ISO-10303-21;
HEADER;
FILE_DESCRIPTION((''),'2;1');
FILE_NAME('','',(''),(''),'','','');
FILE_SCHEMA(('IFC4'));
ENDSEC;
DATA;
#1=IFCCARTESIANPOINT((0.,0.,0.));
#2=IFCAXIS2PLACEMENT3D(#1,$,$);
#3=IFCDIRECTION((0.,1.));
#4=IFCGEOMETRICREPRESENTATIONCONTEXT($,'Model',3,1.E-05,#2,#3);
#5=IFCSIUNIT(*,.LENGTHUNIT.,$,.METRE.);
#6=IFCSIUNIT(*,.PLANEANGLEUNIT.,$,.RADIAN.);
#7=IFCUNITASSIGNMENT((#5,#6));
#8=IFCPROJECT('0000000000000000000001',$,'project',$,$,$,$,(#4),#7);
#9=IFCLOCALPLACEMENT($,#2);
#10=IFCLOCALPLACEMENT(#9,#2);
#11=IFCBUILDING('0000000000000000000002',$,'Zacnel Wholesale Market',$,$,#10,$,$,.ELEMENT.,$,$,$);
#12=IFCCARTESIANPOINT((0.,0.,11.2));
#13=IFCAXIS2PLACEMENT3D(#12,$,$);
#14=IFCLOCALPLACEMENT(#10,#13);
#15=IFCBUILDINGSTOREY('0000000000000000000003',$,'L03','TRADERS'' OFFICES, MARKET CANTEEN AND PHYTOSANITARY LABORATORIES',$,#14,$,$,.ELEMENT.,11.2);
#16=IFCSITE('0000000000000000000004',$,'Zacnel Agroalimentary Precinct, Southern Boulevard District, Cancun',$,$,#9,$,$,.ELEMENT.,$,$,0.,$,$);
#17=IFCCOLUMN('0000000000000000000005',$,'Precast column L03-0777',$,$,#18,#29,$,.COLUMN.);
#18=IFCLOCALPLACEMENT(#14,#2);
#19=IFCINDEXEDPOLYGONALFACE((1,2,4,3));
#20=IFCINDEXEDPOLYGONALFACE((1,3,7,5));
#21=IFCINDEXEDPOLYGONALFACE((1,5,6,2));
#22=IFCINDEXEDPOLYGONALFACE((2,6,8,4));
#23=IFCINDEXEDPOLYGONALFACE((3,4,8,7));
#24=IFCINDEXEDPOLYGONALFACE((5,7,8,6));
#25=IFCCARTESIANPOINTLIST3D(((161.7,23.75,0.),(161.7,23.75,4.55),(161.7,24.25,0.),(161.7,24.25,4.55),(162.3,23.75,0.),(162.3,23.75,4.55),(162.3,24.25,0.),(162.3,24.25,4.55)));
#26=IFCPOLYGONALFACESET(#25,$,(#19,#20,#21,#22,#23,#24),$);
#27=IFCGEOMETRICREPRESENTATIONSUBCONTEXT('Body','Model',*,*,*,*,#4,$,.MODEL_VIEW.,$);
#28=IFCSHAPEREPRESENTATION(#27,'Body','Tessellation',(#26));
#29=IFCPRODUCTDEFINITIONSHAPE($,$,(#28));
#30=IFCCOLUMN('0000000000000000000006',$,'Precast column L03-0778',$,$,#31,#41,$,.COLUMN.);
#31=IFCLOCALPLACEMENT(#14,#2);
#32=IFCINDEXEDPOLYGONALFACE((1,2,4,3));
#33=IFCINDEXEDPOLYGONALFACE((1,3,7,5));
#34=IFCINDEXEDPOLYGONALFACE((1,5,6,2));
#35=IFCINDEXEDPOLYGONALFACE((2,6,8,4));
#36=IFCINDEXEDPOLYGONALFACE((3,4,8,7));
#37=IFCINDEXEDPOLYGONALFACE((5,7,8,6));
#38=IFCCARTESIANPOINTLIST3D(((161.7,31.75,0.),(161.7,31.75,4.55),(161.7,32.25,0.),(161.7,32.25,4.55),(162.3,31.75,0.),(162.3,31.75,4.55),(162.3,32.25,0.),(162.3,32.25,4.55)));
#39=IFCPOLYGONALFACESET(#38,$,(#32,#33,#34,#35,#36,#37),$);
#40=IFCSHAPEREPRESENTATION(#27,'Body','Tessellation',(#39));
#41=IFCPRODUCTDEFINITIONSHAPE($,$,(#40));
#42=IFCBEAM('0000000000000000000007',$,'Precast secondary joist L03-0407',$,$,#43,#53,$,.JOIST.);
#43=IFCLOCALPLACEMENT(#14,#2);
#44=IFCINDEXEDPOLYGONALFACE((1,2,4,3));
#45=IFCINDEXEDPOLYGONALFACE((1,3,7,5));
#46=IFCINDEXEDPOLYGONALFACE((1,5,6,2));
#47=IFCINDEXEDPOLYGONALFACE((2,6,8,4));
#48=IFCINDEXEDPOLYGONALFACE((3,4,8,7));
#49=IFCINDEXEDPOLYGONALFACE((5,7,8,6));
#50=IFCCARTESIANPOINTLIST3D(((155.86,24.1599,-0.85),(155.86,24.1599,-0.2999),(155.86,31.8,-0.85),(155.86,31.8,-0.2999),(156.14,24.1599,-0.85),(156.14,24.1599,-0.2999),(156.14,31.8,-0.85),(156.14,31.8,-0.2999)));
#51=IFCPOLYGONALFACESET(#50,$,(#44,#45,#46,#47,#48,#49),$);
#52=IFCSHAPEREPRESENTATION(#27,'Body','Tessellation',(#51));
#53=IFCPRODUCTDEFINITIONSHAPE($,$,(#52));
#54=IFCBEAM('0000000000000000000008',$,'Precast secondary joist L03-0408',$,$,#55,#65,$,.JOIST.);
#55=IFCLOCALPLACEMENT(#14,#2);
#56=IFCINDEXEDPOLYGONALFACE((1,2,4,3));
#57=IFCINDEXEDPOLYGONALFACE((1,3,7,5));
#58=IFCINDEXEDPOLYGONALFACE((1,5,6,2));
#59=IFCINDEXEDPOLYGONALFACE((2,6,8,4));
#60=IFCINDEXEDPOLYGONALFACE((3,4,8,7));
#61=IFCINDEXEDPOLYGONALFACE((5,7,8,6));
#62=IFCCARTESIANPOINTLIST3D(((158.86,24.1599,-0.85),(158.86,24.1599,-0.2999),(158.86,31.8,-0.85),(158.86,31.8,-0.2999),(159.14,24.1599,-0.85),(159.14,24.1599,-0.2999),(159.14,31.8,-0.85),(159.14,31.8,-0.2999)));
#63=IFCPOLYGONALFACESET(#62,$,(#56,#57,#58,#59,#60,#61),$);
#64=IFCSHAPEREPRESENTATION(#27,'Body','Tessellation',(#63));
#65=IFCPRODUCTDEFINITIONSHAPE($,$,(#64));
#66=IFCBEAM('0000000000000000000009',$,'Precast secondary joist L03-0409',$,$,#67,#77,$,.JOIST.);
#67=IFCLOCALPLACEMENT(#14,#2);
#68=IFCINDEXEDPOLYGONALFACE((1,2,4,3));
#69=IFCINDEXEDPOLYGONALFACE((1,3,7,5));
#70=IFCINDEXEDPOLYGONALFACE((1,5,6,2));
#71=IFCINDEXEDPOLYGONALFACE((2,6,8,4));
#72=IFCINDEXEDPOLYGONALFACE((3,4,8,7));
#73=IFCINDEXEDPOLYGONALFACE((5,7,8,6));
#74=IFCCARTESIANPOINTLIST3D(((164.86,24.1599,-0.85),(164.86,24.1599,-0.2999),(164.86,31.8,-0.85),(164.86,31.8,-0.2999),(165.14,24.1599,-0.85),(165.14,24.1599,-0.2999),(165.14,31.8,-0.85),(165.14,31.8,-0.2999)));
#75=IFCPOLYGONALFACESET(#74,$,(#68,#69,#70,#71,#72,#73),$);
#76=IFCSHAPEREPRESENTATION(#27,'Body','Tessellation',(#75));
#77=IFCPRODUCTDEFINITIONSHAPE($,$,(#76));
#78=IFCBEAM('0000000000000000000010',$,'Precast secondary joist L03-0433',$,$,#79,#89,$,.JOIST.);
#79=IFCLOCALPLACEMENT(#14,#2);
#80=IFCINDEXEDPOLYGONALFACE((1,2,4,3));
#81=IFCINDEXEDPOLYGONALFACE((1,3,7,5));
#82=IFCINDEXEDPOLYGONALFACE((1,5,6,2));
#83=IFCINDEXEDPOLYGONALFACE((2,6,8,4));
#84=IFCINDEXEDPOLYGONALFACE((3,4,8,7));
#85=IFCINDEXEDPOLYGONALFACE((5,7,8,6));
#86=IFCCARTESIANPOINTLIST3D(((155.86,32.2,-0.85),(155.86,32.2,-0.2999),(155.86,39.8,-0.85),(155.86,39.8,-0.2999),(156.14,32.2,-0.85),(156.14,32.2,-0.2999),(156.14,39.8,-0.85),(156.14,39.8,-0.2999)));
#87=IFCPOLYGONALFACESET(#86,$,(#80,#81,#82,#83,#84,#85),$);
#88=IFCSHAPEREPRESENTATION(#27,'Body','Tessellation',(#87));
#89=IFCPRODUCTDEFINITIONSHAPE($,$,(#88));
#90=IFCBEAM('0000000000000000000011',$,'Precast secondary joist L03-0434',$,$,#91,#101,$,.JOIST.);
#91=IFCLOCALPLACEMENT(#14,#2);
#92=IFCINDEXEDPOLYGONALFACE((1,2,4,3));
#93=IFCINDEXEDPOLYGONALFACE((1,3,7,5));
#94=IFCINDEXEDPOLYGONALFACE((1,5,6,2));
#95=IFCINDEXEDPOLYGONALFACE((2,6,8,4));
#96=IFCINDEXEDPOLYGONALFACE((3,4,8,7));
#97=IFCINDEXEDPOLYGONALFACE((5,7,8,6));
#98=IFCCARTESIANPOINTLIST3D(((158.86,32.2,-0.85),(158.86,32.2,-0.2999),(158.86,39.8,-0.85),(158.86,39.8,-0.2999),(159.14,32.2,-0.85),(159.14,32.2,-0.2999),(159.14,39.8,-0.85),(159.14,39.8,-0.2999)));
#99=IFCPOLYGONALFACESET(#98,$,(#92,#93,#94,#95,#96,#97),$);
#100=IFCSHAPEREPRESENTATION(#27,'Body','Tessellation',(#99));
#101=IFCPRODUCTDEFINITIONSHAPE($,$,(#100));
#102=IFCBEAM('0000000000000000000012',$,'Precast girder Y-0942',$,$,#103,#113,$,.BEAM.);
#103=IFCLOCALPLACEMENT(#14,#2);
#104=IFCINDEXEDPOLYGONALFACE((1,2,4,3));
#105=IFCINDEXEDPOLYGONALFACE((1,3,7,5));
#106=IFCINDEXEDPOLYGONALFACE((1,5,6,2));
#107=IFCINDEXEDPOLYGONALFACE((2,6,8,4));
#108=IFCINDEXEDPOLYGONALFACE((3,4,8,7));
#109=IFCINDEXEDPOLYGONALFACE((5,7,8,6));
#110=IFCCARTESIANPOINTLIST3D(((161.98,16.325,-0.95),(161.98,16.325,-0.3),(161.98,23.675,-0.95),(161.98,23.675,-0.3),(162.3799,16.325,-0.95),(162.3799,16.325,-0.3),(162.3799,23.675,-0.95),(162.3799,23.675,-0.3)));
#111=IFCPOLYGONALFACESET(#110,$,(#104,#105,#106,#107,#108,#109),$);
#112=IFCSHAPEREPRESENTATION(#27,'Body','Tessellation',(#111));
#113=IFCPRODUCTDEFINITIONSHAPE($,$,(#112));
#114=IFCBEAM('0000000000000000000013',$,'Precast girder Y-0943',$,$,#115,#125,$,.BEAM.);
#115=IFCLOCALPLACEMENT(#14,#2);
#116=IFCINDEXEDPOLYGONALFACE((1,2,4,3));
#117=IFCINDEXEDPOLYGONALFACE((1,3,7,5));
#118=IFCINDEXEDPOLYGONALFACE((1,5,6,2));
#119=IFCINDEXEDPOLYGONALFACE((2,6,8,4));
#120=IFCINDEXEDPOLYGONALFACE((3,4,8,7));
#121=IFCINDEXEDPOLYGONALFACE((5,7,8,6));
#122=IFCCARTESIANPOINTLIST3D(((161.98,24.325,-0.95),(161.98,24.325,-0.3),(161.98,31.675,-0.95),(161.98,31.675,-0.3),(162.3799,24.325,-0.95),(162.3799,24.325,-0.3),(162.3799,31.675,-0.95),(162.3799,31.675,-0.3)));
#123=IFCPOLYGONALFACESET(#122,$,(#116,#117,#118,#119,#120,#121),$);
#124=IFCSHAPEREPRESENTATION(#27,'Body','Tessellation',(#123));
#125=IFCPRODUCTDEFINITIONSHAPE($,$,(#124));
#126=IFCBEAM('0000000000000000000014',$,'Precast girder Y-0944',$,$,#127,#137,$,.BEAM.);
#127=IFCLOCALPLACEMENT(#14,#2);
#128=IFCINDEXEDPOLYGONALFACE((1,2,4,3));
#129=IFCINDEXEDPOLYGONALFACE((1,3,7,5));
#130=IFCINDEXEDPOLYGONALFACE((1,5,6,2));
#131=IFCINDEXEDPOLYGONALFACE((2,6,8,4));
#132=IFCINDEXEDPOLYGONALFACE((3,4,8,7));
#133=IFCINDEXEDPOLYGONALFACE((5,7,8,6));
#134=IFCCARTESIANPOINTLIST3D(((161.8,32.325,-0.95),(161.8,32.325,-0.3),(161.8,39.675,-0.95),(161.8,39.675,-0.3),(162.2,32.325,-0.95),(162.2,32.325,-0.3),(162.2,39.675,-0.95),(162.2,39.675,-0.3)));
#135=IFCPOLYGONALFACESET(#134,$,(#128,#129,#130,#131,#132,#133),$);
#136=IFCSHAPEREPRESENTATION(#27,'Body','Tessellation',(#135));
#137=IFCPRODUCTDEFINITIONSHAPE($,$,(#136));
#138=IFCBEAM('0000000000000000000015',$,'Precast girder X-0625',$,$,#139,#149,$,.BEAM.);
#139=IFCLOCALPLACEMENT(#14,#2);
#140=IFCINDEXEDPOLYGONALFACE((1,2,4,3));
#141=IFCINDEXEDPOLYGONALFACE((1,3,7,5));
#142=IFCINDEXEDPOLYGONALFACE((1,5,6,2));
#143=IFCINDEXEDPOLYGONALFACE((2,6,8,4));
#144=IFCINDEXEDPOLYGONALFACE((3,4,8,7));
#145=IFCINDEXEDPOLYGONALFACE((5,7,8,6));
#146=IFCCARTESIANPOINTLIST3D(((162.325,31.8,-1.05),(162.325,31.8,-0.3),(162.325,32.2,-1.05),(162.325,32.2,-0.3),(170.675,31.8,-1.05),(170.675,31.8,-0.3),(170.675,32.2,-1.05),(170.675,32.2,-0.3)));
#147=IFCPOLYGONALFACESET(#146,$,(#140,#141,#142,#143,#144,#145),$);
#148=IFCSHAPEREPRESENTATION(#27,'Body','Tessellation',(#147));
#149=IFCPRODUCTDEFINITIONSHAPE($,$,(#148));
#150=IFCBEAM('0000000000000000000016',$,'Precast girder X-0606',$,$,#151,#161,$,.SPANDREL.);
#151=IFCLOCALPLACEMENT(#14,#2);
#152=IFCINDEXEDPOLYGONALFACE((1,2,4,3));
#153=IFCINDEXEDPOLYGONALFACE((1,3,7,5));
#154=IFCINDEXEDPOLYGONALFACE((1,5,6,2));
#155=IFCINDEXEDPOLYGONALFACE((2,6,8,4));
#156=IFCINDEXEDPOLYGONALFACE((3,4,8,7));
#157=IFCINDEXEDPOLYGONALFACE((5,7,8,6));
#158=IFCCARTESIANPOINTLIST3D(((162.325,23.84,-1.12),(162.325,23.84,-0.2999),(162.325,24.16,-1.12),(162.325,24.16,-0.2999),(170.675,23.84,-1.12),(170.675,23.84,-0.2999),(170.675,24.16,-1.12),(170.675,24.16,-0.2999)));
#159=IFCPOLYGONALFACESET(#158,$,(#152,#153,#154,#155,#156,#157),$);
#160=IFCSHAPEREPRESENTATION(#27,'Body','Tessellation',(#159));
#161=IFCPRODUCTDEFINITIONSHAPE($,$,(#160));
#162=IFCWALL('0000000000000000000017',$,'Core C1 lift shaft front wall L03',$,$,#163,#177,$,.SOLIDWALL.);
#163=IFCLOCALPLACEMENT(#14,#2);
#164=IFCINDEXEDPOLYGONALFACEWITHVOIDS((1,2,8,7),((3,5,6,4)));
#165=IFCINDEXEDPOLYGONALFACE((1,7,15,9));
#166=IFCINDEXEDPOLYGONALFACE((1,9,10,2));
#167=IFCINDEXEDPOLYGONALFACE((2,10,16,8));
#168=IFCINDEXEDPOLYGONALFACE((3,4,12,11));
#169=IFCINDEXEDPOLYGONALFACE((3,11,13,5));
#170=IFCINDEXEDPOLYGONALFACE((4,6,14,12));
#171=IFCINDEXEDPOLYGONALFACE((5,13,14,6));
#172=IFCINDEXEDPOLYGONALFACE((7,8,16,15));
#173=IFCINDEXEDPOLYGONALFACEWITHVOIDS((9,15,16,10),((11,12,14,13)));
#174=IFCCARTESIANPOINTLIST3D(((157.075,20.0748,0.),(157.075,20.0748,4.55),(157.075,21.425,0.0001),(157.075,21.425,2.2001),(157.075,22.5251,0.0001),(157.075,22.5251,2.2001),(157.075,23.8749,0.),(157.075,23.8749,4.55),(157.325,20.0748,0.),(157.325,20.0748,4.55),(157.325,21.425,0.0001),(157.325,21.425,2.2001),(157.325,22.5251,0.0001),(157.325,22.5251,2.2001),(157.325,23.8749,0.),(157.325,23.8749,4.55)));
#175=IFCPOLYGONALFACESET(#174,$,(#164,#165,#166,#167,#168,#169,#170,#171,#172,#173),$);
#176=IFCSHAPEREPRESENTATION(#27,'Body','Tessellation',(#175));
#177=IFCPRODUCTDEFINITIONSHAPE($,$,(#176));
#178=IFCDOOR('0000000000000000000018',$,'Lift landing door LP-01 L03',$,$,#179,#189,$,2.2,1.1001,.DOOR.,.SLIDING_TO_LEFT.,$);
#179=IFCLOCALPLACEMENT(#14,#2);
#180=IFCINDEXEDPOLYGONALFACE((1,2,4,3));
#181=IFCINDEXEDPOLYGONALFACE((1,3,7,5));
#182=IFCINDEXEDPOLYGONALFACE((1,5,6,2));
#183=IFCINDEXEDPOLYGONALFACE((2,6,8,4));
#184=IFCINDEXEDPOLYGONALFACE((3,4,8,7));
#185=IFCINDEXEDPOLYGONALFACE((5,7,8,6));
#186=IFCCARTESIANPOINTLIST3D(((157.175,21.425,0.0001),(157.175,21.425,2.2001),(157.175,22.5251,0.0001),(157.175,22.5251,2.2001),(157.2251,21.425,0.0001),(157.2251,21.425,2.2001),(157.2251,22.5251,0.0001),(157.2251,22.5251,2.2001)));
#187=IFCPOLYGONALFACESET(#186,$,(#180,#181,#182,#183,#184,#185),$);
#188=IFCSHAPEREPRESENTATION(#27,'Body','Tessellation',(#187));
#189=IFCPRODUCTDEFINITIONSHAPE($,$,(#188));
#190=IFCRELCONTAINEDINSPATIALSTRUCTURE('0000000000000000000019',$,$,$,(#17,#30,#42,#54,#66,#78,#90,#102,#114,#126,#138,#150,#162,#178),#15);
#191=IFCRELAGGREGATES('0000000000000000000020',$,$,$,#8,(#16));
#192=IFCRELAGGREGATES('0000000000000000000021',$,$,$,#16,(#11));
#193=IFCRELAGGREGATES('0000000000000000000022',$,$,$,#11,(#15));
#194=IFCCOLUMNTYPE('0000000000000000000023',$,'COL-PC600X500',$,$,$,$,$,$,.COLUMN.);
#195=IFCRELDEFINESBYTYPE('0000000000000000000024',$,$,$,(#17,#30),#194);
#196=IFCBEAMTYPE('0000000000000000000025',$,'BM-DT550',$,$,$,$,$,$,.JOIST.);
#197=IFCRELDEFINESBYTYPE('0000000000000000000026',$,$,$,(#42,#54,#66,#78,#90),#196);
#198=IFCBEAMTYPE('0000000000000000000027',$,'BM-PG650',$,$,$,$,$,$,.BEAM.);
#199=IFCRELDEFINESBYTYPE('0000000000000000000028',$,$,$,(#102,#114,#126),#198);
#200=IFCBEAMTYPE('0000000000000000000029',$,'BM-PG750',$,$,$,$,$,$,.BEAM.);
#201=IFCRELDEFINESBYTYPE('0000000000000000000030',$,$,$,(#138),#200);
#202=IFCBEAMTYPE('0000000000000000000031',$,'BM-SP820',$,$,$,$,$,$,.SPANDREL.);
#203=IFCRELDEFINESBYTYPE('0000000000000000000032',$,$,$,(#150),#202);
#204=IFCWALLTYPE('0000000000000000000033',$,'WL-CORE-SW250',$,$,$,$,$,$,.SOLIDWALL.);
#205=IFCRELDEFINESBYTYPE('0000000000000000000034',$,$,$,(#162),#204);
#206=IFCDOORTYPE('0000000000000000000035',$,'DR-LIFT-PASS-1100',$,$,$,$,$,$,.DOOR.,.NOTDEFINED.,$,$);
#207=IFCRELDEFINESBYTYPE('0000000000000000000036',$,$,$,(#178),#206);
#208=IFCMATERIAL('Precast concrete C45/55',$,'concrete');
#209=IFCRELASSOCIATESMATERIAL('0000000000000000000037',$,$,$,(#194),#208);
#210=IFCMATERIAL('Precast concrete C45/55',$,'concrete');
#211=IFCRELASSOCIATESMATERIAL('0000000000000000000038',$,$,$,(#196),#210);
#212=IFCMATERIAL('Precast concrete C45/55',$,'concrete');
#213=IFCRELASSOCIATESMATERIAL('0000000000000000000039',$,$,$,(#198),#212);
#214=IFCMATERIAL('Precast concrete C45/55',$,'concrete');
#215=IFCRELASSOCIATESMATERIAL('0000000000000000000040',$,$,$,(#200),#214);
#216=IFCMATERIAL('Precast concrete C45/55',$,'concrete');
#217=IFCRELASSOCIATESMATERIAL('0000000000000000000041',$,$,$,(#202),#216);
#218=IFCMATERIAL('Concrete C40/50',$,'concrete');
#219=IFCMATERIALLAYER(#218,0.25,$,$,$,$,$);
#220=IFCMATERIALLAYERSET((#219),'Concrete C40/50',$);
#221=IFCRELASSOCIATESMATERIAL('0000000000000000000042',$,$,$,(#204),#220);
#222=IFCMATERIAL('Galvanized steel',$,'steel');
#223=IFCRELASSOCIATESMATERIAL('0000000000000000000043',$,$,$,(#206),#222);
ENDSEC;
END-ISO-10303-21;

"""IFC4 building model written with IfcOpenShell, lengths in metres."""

from ifc_helpers import new_model, si_unit, direction, frame, frame_2d, origin, origin_2d, place, context, subcontext, project, spatial, rectangle, extrude, material, layer, layer_set, material_profile, profile_set, type_object, element, fill, save


model = new_model("IFC4")

# Units and contexts
model_context = context("Model", 3, precision=1e-05, world=origin(), true_north=direction((0.0, 1.0)))
body_context = subcontext(model_context, "Body", "Model", "MODEL_VIEW")
ifc_project = project(units=[si_unit("LENGTHUNIT", "METRE"), si_unit("PLANEANGLEUNIT", "RADIAN")], contexts=[model_context])

# Site, building, storey
site_placement = place(None, origin())
site = spatial("IfcSite", under=ifc_project, at=site_placement, Name="Zacnel Agroalimentary Precinct, Southern Boulevard District, Cancun", CompositionType="ELEMENT", RefElevation=0.0)
building_placement = place(site_placement, origin())
building = spatial("IfcBuilding", under=site, at=building_placement, Name="Zacnel Wholesale Market", CompositionType="ELEMENT")
storey_placement = place(building_placement, frame((0.0, 0.0, 11.2)))
storey = spatial("IfcBuildingStorey", under=building, at=storey_placement, Name="L03", Description="TRADERS' OFFICES, MARKET CANTEEN AND PHYTOSANITARY LABORATORIES", CompositionType="ELEMENT", Elevation=11.2)

# Columns
ifc_material_1 = material(Name="Precast concrete C45/55", Category="concrete")
ifc_material_profile_1 = material_profile(ifc_material_1, rectangle(XDim=0.6001, YDim=0.5, at=origin_2d()), Name="PC 600x500")
ifc_profile_set_1 = profile_set([ifc_material_profile_1], Name="Precast concrete C45/55")
column_type = type_object("IfcColumnType", Name="COL-PC600X500", PredefinedType="COLUMN", material=ifc_profile_set_1)
for number, where, z_axis, x_axis, name in (
    (1, (162.0, 24.0, 0.0), (0.0, 0.0, 1.0), (1.0, 0.0, 0.0), "Precast column L03-0777"),
    (2, (162.0, 32.0, 0.0), (0.0, 0.0, 1.0), (1.0, 0.0, 0.0), "Precast column L03-0778"),
):
    element("IfcColumn", number, at=place(storey_placement, frame(where, z_axis=z_axis, x_axis=x_axis)), inside=storey, type_object=column_type, Name=name, PredefinedType="COLUMN", context=body_context, shape_type="SweptSolid", body=[
        extrude(rectangle(XDim=0.6001, YDim=0.5, at=origin_2d()), origin(), (0.0, 0.0, 1.0), 4.55),
    ])

# Beams
ifc_material_2 = material(Name="Precast concrete C45/55", Category="concrete")
ifc_material_profile_2 = material_profile(ifc_material_2, rectangle(XDim=0.28, YDim=0.55, at=origin_2d()), Name="DT RIB 280x550")
ifc_profile_set_2 = profile_set([ifc_material_profile_2], Name="Precast concrete C45/55")
beam_type_1 = type_object("IfcBeamType", Name="BM-DT550", PredefinedType="JOIST", material=ifc_profile_set_2)
for number, where, z_axis, x_axis, name in (
    (3, (156.0, 24.1599, -0.575), (0.0, 1.0, 0.0), (-1.0, 0.0, 0.0), "Precast secondary joist L03-0407"),
    (4, (159.0, 24.1599, -0.575), (0.0, 1.0, 0.0), (-1.0, 0.0, 0.0), "Precast secondary joist L03-0408"),
    (5, (165.0, 24.1599, -0.575), (0.0, 1.0, 0.0), (-1.0, 0.0, 0.0), "Precast secondary joist L03-0409"),
):
    element("IfcBeam", number, at=place(storey_placement, frame(where, z_axis=z_axis, x_axis=x_axis)), inside=storey, type_object=beam_type_1, Name=name, PredefinedType="JOIST", context=body_context, shape_type="SweptSolid", body=[
        extrude(rectangle(XDim=0.28, YDim=0.55, at=origin_2d()), origin(), (0.0, 0.0, 1.0), 7.6401),
    ])
for number, where, z_axis, x_axis, name in (
    (6, (156.0, 32.2, -0.575), (0.0, 1.0, 0.0), (-1.0, 0.0, 0.0), "Precast secondary joist L03-0433"),
    (7, (159.0, 32.2, -0.575), (0.0, 1.0, 0.0), (-1.0, 0.0, 0.0), "Precast secondary joist L03-0434"),
):
    element("IfcBeam", number, at=place(storey_placement, frame(where, z_axis=z_axis, x_axis=x_axis)), inside=storey, type_object=beam_type_1, Name=name, PredefinedType="JOIST", context=body_context, shape_type="SweptSolid", body=[
        extrude(rectangle(XDim=0.28, YDim=0.55, at=origin_2d()), origin(), (0.0, 0.0, 1.0), 7.6001),
    ])
ifc_material_3 = material(Name="Precast concrete C45/55", Category="concrete")
ifc_material_profile_3 = material_profile(ifc_material_3, rectangle(XDim=0.3999, YDim=0.6499, at=origin_2d()), Name="PG 400x650")
ifc_profile_set_3 = profile_set([ifc_material_profile_3], Name="Precast concrete C45/55")
beam_type_2 = type_object("IfcBeamType", Name="BM-PG650", PredefinedType="BEAM", material=ifc_profile_set_3)
for number, where, z_axis, x_axis, name in (
    (8, (162.1799, 16.325, -0.625), (0.0, 1.0, 0.0), (-1.0, 0.0, 0.0), "Precast girder Y-0942"),
    (9, (162.1799, 24.325, -0.625), (0.0, 1.0, 0.0), (-1.0, 0.0, 0.0), "Precast girder Y-0943"),
    (10, (162.0, 32.325, -0.625), (0.0, 1.0, 0.0), (-1.0, 0.0, 0.0), "Precast girder Y-0944"),
):
    element("IfcBeam", number, at=place(storey_placement, frame(where, z_axis=z_axis, x_axis=x_axis)), inside=storey, type_object=beam_type_2, Name=name, PredefinedType="BEAM", context=body_context, shape_type="SweptSolid", body=[
        extrude(rectangle(XDim=0.3999, YDim=0.6499, at=origin_2d()), origin(), (0.0, 0.0, 1.0), 7.3501),
    ])
ifc_material_4 = material(Name="Precast concrete C45/55", Category="concrete")
ifc_material_profile_4 = material_profile(ifc_material_4, rectangle(XDim=0.3999, YDim=0.75, at=origin_2d()), Name="PG 400x750")
ifc_profile_set_4 = profile_set([ifc_material_profile_4], Name="Precast concrete C45/55")
beam_type_3 = type_object("IfcBeamType", Name="BM-PG750", PredefinedType="BEAM", material=ifc_profile_set_4)
beam_1_placement = place(storey_placement, frame((162.325, 32.0, -0.675), z_axis=(1.0, 0.0, 0.0), x_axis=(0.0, 1.0, 0.0)))
element("IfcBeam", 11, at=beam_1_placement, inside=storey, type_object=beam_type_3, Name="Precast girder X-0625", PredefinedType="BEAM", context=body_context, shape_type="SweptSolid", body=[
    extrude(rectangle(XDim=0.3999, YDim=0.75, at=origin_2d()), origin(), (0.0, 0.0, 1.0), 8.3501),
])
ifc_material_5 = material(Name="Precast concrete C45/55", Category="concrete")
ifc_material_profile_5 = material_profile(ifc_material_5, rectangle(XDim=0.3201, YDim=0.8201, at=origin_2d()), Name="SP 320x820")
ifc_profile_set_5 = profile_set([ifc_material_profile_5], Name="Precast concrete C45/55")
beam_type_4 = type_object("IfcBeamType", Name="BM-SP820", PredefinedType="SPANDREL", material=ifc_profile_set_5)
beam_2_placement = place(storey_placement, frame((162.325, 24.0, -0.71), z_axis=(1.0, 0.0, 0.0), x_axis=(0.0, 1.0, 0.0)))
element("IfcBeam", 12, at=beam_2_placement, inside=storey, type_object=beam_type_4, Name="Precast girder X-0606", PredefinedType="SPANDREL", context=body_context, shape_type="SweptSolid", body=[
    extrude(rectangle(XDim=0.3201, YDim=0.8201, at=origin_2d()), origin(), (0.0, 0.0, 1.0), 8.3501),
])

# Wall, opening, door
ifc_material_6 = material(Name="Concrete C40/50", Category="concrete")
ifc_layer_1 = layer(ifc_material_6, 0.25)
ifc_layer_set_1 = layer_set([ifc_layer_1], Name="Concrete C40/50")
wall_type_1 = type_object("IfcWallType", Name="WL-CORE-SW250", PredefinedType="SOLIDWALL", material=ifc_layer_set_1)
wall_1_placement = place(storey_placement, frame((157.2, 20.075, 0.0), z_axis=(0.0, 0.0, 1.0), x_axis=(0.0, 1.0, 0.0)))
wall_1 = element("IfcWall", 13, at=wall_1_placement, inside=storey, type_object=wall_type_1, Name="Core C1 lift shaft front wall L03", PredefinedType="SOLIDWALL", context=body_context, shape_type="SweptSolid", body=[
    extrude(rectangle(XDim=3.8, YDim=0.25, at=frame_2d((1.8999, 0.0))), origin(), (0.0, 0.0, 1.0), 4.55),
])
opening_1_placement = place(wall_1_placement, frame((1.3501, 0.0, 0.0)))
opening_1 = element("IfcOpeningElement", 14, at=opening_1_placement, cuts=wall_1, PredefinedType="OPENING", context=body_context, shape_type="SweptSolid", body=[
    extrude(rectangle(XDim=1.1001, YDim=2.2, at=frame_2d((0.55, 1.1001))), frame((0.0, 0.135, 0.0), z_axis=(0.0, -1.0, 0.0), x_axis=(1.0, 0.0, 0.0)), (0.0, 0.0, 1.0), 0.27),
])
ifc_material_7 = material(Name="Galvanized steel", Category="steel")
door_type_1 = type_object("IfcDoorType", Name="DR-LIFT-PASS-1100", OperationType="NOTDEFINED", PredefinedType="DOOR", material=ifc_material_7)
door_1_placement = place(opening_1_placement, origin())
door_1 = element("IfcDoor", 15, at=door_1_placement, inside=storey, type_object=door_type_1, Name="Lift landing door LP-01 L03", OperationType="SLIDING_TO_LEFT", OverallHeight=2.2, OverallWidth=1.1001, PredefinedType="DOOR", context=body_context, shape_type="SweptSolid", body=[
    extrude(rectangle(XDim=1.1001, YDim=2.2, at=frame_2d((0.55, 1.1001))), frame((0.0, 0.0249, 0.0), z_axis=(0.0, -1.0, 0.0), x_axis=(1.0, 0.0, 0.0)), (0.0, 0.0, 1.0), 0.05),
])
fill(opening_1, door_1)

save(model, "model.ifc")
